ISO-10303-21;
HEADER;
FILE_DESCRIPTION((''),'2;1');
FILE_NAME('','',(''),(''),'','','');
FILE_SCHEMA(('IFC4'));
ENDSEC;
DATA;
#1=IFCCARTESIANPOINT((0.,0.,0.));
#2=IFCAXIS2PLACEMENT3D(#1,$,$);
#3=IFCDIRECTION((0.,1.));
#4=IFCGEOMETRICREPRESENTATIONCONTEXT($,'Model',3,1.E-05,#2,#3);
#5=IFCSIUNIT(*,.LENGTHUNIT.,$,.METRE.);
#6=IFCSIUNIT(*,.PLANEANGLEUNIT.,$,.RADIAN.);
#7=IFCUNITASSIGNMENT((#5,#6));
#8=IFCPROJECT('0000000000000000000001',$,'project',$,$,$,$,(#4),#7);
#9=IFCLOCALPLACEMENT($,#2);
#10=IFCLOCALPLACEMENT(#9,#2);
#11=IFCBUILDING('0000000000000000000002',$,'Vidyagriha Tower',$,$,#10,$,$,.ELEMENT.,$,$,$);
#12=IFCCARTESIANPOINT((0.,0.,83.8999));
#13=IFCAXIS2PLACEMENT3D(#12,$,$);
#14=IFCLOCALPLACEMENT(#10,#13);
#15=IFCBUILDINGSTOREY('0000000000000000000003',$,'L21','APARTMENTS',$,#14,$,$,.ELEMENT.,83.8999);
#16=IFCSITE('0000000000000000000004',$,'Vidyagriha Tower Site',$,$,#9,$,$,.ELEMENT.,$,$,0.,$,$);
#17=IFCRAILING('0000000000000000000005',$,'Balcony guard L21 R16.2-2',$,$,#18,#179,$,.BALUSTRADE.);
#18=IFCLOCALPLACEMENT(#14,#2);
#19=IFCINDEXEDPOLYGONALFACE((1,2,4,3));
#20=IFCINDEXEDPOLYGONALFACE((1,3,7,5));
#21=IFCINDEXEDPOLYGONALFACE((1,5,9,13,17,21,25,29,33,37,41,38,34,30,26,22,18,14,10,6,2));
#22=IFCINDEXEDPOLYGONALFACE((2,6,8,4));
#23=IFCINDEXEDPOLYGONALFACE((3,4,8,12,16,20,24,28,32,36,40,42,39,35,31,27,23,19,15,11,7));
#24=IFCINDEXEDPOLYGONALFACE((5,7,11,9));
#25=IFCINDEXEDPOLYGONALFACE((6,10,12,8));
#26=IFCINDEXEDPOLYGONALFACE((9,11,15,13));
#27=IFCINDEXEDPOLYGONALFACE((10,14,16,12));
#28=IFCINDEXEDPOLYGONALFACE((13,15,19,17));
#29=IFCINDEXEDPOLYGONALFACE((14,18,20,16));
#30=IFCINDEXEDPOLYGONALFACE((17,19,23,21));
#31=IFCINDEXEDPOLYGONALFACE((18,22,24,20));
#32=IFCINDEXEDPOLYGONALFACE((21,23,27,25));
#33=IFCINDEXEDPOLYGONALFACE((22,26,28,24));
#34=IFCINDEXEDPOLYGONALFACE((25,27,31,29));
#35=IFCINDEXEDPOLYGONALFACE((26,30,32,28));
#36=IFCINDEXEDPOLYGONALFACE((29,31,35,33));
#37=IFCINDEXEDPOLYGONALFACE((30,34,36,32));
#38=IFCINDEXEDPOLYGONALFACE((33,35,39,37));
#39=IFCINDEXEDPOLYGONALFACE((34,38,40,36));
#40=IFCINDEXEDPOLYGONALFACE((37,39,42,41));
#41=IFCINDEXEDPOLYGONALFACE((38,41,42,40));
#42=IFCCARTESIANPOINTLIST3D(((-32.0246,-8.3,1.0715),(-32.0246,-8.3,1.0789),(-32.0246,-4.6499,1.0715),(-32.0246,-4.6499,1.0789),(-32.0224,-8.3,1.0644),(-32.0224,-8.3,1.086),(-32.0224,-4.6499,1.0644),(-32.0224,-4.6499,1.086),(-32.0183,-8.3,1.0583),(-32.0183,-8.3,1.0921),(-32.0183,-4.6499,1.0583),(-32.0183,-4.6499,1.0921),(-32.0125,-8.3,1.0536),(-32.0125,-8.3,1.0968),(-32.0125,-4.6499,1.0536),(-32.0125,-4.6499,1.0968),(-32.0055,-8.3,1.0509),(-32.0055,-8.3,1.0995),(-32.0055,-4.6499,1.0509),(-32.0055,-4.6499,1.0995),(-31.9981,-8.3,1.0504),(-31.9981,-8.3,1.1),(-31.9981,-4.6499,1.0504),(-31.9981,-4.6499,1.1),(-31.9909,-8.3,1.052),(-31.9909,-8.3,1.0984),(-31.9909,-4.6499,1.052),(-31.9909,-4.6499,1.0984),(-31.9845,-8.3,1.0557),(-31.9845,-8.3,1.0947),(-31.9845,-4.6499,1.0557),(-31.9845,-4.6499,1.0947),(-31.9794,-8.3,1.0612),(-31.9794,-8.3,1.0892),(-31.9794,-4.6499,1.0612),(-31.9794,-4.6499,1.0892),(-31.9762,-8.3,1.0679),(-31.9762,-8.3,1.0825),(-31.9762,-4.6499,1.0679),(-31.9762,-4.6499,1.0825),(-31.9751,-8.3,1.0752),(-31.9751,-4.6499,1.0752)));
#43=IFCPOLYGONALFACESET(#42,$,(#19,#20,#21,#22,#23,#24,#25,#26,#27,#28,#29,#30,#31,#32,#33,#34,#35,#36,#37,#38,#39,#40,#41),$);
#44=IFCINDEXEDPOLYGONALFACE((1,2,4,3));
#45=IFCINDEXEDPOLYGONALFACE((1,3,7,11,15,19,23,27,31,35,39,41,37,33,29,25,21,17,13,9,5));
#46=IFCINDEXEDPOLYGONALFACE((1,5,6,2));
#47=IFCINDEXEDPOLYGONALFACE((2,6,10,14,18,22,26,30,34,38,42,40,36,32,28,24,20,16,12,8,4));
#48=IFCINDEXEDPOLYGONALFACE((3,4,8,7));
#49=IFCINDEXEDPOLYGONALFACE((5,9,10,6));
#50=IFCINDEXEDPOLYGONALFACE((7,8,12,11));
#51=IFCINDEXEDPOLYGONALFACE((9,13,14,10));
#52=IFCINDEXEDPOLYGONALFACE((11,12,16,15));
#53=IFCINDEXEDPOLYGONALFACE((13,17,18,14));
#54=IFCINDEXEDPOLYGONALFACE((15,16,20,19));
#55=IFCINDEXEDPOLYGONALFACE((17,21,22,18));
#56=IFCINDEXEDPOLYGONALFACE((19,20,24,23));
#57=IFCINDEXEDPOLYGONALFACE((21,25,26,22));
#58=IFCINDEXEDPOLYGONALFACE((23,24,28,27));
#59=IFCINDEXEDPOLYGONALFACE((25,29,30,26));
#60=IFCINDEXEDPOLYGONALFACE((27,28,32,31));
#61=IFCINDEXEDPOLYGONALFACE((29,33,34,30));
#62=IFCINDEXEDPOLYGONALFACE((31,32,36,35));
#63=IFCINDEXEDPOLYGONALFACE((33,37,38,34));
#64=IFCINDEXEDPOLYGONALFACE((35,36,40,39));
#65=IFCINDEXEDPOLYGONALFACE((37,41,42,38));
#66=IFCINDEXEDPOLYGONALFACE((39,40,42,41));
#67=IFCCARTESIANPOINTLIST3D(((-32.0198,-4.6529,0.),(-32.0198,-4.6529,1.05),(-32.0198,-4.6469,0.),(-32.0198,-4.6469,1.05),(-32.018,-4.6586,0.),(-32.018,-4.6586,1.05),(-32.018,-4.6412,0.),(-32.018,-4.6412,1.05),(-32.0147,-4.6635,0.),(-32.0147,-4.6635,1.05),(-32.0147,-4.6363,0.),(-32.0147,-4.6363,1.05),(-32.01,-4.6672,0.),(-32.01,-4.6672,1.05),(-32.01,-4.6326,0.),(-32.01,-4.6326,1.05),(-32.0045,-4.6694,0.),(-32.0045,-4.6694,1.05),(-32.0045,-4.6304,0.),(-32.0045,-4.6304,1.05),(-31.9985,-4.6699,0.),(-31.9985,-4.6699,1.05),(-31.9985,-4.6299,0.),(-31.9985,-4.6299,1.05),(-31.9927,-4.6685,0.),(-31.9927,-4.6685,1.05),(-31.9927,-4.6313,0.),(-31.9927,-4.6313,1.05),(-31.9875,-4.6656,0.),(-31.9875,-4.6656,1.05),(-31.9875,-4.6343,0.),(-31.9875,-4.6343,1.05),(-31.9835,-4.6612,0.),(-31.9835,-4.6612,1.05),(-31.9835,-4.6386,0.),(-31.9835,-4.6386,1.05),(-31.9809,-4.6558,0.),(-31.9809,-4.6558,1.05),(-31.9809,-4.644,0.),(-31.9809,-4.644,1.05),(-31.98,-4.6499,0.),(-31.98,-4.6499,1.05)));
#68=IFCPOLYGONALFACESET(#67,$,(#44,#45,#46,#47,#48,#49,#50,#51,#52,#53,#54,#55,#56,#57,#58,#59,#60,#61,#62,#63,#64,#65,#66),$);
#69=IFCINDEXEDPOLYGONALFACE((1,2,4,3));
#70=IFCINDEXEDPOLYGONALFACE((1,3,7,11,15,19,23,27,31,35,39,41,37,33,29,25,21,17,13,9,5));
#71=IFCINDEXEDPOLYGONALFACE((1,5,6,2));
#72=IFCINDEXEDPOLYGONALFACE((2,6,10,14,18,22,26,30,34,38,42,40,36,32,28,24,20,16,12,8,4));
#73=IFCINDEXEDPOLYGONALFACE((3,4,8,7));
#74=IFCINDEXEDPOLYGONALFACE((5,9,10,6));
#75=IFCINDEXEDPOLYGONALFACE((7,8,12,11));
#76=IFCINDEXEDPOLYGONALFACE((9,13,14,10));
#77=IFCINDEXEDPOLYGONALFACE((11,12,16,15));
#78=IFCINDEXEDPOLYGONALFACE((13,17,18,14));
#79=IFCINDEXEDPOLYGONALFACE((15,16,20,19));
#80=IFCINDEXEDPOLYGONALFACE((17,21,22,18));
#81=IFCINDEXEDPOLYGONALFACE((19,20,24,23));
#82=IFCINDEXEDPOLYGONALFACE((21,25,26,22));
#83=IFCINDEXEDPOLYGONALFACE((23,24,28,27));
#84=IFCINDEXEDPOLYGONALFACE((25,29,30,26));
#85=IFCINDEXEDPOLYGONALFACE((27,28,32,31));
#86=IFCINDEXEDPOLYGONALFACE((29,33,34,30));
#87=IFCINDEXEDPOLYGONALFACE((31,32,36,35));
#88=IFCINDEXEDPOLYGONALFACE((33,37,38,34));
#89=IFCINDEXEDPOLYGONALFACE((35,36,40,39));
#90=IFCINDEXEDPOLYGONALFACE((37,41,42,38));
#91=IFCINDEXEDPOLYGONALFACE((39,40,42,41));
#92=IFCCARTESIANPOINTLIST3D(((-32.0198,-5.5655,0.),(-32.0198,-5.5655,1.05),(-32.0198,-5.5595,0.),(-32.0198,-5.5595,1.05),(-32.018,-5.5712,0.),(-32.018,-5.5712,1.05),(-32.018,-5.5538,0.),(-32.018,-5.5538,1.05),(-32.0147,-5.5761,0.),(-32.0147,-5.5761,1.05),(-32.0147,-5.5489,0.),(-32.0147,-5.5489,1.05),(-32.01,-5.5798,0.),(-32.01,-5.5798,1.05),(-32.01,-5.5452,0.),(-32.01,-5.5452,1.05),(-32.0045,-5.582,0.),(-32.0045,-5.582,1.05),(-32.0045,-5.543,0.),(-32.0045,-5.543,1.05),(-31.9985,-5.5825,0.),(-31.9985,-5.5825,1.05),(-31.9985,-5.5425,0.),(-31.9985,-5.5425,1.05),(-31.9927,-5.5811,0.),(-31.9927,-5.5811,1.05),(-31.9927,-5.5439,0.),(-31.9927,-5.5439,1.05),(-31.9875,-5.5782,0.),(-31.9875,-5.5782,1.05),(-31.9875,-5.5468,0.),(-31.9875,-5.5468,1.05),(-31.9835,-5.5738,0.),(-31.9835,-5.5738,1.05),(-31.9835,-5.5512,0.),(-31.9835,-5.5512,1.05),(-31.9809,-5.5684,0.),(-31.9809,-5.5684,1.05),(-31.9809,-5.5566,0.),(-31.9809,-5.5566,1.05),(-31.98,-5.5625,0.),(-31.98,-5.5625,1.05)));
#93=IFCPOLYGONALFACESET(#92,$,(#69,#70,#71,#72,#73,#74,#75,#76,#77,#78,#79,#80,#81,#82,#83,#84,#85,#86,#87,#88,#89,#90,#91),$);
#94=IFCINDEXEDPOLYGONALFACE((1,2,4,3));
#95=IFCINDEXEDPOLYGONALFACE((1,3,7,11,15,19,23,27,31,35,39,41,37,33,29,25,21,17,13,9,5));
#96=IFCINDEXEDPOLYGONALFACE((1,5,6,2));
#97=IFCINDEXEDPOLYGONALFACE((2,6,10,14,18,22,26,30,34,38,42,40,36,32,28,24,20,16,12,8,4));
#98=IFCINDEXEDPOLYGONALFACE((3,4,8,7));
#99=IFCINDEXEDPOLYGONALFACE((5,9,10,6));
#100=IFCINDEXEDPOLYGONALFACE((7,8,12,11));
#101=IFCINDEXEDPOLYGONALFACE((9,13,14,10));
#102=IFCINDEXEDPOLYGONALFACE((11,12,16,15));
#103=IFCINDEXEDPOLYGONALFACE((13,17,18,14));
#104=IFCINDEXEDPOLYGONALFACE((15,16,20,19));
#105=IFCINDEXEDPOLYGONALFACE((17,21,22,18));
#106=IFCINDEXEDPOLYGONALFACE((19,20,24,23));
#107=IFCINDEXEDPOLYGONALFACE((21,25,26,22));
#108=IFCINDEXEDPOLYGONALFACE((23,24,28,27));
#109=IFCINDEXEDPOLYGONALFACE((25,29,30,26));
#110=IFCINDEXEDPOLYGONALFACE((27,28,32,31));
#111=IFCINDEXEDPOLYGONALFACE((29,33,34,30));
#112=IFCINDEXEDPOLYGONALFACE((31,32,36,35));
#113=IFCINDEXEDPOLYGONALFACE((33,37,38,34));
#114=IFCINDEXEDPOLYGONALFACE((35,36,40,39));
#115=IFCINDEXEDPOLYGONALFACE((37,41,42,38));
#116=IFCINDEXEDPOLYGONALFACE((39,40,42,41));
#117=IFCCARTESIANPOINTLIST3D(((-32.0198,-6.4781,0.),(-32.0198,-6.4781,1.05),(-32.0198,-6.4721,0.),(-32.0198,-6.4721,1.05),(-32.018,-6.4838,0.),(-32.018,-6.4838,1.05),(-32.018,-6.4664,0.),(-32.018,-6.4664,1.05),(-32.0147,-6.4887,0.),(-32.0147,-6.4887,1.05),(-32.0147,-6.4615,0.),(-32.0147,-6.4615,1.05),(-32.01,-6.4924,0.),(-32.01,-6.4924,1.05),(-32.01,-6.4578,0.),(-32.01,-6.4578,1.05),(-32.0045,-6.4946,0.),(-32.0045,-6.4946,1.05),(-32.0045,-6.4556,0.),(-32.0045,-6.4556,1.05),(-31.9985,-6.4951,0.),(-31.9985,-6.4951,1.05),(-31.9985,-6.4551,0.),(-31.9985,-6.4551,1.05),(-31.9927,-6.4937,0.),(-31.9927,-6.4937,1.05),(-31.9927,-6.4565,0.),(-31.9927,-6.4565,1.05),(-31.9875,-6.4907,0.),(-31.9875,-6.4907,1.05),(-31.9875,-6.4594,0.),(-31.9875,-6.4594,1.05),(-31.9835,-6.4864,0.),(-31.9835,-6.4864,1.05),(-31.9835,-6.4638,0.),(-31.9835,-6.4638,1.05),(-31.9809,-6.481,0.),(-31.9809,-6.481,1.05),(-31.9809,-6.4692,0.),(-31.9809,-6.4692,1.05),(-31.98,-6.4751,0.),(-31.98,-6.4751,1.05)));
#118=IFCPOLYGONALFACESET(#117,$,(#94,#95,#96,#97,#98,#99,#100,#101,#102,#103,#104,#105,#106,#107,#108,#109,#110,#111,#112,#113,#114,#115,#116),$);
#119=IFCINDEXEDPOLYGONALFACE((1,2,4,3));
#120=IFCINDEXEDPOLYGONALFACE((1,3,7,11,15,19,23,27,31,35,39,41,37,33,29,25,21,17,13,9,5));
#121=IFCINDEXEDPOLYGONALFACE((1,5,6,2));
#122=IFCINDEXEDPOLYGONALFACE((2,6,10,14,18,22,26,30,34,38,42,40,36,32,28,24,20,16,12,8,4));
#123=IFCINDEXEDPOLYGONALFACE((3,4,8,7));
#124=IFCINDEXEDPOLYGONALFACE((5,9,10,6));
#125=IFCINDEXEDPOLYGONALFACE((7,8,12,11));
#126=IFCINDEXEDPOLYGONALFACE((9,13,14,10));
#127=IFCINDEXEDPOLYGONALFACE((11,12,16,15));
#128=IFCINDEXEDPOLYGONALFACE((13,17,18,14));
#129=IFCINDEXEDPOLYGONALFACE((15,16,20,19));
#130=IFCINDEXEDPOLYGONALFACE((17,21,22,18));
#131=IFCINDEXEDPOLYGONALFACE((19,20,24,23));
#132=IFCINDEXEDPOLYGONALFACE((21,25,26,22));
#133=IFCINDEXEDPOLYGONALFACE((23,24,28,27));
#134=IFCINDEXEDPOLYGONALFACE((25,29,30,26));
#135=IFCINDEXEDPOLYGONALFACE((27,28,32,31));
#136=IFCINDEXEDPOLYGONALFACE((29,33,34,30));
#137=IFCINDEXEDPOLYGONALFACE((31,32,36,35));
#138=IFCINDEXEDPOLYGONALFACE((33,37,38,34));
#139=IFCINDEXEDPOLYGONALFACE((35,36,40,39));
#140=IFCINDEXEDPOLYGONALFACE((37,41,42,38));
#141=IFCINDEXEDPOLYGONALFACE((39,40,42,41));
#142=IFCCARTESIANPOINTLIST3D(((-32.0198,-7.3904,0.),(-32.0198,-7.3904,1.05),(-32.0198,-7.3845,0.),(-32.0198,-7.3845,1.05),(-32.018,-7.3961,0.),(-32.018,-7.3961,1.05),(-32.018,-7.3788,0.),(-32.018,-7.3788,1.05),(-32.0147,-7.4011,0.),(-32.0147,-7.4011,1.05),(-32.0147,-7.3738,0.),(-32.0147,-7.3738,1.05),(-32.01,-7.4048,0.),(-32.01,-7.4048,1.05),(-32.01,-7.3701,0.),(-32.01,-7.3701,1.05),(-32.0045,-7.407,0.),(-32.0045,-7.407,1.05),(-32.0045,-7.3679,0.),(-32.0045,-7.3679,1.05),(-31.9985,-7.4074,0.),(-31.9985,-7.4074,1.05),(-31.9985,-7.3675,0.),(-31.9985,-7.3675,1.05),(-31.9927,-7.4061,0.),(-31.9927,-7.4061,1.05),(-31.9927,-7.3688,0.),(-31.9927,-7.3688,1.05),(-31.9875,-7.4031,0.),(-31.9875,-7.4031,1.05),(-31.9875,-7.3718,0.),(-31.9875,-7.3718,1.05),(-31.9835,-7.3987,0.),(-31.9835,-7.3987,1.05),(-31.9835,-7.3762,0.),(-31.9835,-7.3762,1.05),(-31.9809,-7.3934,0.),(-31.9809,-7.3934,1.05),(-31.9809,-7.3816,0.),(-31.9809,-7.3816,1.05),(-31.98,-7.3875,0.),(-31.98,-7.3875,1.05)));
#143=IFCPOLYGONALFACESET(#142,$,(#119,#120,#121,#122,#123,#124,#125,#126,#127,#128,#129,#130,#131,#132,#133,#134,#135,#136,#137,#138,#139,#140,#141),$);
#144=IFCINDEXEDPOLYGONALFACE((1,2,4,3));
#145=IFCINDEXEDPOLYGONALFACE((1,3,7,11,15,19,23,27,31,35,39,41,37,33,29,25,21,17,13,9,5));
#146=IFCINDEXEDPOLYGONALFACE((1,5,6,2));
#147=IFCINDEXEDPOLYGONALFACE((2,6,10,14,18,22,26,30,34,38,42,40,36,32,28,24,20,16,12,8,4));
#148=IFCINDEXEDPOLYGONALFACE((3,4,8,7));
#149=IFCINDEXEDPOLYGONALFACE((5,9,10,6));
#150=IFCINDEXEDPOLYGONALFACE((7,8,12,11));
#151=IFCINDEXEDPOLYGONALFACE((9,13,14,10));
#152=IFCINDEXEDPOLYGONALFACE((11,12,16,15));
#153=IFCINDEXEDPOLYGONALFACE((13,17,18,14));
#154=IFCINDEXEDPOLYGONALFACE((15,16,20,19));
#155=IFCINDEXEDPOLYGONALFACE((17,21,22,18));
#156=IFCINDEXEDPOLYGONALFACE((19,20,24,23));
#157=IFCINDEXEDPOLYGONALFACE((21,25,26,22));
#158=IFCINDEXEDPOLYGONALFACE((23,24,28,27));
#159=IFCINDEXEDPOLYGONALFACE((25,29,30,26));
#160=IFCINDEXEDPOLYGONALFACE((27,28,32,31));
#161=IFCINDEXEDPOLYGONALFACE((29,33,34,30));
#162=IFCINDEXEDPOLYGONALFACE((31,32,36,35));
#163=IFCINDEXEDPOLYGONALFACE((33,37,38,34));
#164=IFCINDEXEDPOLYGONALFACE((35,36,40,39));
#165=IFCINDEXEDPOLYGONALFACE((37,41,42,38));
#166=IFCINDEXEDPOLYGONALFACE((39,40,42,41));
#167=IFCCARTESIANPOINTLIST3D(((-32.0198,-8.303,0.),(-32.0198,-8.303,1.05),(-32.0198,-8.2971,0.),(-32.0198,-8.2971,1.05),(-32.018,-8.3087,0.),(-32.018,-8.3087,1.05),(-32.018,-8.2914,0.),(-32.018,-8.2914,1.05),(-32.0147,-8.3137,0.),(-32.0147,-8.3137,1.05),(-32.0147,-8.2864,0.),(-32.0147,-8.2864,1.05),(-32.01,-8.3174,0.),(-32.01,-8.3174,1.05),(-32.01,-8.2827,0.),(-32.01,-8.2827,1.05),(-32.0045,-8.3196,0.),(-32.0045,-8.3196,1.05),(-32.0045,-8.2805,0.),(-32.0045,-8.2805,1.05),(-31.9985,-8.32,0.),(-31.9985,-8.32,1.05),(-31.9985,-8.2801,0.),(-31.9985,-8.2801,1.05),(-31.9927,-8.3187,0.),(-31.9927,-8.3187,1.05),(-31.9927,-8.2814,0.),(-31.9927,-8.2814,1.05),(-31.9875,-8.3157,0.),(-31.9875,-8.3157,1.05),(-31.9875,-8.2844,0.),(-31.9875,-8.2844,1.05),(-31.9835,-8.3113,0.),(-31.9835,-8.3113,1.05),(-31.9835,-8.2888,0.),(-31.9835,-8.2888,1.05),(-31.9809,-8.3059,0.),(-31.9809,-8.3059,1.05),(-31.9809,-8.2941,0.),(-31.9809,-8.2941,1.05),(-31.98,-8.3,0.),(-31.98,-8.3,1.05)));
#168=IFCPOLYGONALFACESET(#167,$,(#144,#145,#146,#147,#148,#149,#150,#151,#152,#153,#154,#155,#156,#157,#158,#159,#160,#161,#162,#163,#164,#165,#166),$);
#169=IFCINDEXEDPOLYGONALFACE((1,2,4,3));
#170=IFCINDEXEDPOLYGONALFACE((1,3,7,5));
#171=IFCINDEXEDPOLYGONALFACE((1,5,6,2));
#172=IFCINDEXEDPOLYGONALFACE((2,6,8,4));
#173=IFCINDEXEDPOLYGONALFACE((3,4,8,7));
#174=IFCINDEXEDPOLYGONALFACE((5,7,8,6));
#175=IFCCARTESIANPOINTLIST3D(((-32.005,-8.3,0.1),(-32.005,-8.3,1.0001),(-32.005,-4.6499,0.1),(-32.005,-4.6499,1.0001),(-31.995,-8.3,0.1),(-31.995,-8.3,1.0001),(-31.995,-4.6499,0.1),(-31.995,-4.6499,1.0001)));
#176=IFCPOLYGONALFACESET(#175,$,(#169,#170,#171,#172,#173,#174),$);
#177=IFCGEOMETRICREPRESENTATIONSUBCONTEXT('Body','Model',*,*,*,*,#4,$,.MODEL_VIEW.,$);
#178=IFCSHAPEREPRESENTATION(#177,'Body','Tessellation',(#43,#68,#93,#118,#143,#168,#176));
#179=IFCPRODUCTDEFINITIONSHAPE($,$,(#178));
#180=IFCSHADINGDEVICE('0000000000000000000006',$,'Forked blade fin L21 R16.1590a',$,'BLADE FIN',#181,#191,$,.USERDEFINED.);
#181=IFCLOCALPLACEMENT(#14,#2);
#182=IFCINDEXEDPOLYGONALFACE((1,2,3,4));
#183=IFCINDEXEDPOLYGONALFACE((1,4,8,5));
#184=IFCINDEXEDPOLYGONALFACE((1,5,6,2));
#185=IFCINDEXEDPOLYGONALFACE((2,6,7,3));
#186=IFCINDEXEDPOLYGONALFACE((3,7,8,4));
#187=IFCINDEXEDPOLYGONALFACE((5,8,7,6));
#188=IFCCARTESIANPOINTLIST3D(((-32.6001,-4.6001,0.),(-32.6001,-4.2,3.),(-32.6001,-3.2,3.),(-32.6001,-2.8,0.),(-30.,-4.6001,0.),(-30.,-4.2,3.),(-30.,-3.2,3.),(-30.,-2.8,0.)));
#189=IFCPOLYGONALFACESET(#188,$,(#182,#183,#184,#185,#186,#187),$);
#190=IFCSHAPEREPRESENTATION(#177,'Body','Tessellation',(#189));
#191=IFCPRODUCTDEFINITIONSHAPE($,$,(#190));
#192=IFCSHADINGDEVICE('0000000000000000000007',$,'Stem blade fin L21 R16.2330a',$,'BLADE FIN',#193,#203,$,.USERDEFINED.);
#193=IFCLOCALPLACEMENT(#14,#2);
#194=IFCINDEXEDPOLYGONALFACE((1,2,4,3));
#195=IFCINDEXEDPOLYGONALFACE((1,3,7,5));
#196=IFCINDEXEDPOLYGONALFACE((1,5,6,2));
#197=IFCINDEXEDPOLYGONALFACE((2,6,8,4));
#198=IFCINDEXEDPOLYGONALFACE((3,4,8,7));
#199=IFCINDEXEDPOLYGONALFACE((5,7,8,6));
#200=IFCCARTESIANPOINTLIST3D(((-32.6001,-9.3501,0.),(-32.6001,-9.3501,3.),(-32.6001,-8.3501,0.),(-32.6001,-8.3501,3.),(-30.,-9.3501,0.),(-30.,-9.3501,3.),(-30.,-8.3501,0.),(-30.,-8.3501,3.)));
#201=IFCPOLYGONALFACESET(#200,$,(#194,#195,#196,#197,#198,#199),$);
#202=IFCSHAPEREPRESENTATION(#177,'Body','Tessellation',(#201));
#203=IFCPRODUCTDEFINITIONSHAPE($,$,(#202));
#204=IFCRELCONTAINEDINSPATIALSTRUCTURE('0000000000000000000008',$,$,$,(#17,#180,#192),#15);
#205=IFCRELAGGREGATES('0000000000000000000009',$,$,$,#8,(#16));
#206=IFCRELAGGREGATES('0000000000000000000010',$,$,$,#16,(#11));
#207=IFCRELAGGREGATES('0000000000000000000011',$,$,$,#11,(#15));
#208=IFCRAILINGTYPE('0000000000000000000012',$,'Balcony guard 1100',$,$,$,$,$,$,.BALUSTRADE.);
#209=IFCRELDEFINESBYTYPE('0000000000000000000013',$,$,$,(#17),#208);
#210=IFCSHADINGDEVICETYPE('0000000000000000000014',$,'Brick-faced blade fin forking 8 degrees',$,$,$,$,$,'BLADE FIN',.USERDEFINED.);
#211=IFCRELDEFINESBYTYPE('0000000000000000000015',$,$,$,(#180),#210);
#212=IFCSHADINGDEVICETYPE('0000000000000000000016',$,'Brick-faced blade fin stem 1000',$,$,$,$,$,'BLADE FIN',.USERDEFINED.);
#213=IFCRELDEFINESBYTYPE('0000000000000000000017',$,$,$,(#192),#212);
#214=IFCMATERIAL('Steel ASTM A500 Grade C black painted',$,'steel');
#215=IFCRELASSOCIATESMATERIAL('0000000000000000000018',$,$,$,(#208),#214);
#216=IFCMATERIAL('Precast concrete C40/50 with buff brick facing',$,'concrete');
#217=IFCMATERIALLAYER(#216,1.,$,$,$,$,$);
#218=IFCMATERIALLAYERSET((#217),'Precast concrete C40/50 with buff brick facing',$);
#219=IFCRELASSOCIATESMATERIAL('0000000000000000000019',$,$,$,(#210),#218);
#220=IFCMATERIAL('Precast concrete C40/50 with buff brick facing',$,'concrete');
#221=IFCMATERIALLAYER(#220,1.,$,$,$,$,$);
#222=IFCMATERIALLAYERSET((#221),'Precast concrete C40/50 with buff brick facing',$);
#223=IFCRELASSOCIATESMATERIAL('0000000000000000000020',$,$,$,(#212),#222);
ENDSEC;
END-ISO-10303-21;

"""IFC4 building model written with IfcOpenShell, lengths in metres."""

from ifc_helpers import new_model, si_unit, direction, frame, origin, origin_2d, place, context, subcontext, project, spatial, polyline, rectangle, circle, outline, extrude, material, layer, layer_set, type_object, element, save


model = new_model("IFC4")

# Units and contexts
model_context = context("Model", 3, precision=1e-05, world=origin(), true_north=direction((0.0, 1.0)))
body_context = subcontext(model_context, "Body", "Model", "MODEL_VIEW")
ifc_project = project(units=[si_unit("LENGTHUNIT", "METRE"), si_unit("PLANEANGLEUNIT", "RADIAN")], contexts=[model_context])

# Site, building, storey
site_placement = place(None, origin())
site = spatial("IfcSite", under=ifc_project, at=site_placement, Name="Vidyagriha Tower Site", CompositionType="ELEMENT", RefElevation=0.0)
building_placement = place(site_placement, origin())
building = spatial("IfcBuilding", under=site, at=building_placement, Name="Vidyagriha Tower", CompositionType="ELEMENT")
storey_placement = place(building_placement, frame((0.0, 0.0, 83.8999)))
storey = spatial("IfcBuildingStorey", under=building, at=storey_placement, Name="L21", Description="APARTMENTS", CompositionType="ELEMENT", Elevation=83.8999)

# Railing
ifc_material_1 = material(Name="Steel ASTM A500 Grade C black painted", Category="steel")
railing_type_1 = type_object("IfcRailingType", Name="Balcony guard 1100", PredefinedType="BALUSTRADE", material=ifc_material_1)
railing_1_placement = place(storey_placement, frame((-32.0, -4.6499, 0.0)))
element("IfcRailing", 1, at=railing_1_placement, inside=storey, type_object=railing_type_1, Name="Balcony guard L21 R16.2-2", PredefinedType="BALUSTRADE", context=body_context, shape_type="SweptSolid", body=[
    extrude(circle(Radius=0.0249, at=origin_2d()), frame((0.0, 0.0, 1.0752), z_axis=(0.0, -1.0, 0.0), x_axis=(1.0, 0.0, 0.0)), (0.0, 0.0, 1.0), 3.6501),
    extrude(circle(Radius=0.02, at=origin_2d()), origin(), (0.0, 0.0, 1.0), 1.05),
    extrude(circle(Radius=0.02, at=origin_2d()), frame((0.0, -0.9126, 0.0)), (0.0, 0.0, 1.0), 1.05),
    extrude(circle(Radius=0.02, at=origin_2d()), frame((0.0, -1.8252, 0.0)), (0.0, 0.0, 1.0), 1.05),
    extrude(circle(Radius=0.02, at=origin_2d()), frame((0.0, -2.7375, 0.0)), (0.0, 0.0, 1.0), 1.05),
    extrude(circle(Radius=0.02, at=origin_2d()), frame((0.0, -3.6501, 0.0)), (0.0, 0.0, 1.0), 1.05),
    extrude(rectangle(XDim=0.01, YDim=0.9001, at=origin_2d()), frame((0.0, 0.0, 0.55), z_axis=(0.0, -1.0, 0.0), x_axis=(1.0, 0.0, 0.0)), (0.0, 0.0, 1.0), 3.6501),
])

# Shading devices
ifc_material_2 = material(Name="Precast concrete C40/50 with buff brick facing", Category="concrete")
ifc_layer_1 = layer(ifc_material_2, 1.0)
ifc_layer_set_1 = layer_set([ifc_layer_1], Name="Precast concrete C40/50 with buff brick facing")
shading_device_type_1 = type_object("IfcShadingDeviceType", Name="Brick-faced blade fin forking 8 degrees", ElementType="BLADE FIN", PredefinedType="USERDEFINED", material=ifc_layer_set_1)
shading_device_1_placement = place(storey_placement, frame((-31.3, -2.8, 0.0), z_axis=(0.0, 0.0, 1.0), x_axis=(0.0, -1.0, 0.0)))
element("IfcShadingDevice", 2, at=shading_device_1_placement, inside=storey, type_object=shading_device_type_1, Name="Forked blade fin L21 R16.1590a", ObjectType="BLADE FIN", PredefinedType="USERDEFINED", context=body_context, shape_type="SweptSolid", body=[
    extrude(outline(polyline([(0.0, 0.0), (1.8, 0.0), (1.3999, 3.0), (0.3999, 3.0), (0.0, 0.0)])), frame((0.0, 1.3, 0.0), z_axis=(0.0, -1.0, 0.0), x_axis=(1.0, 0.0, 0.0)), (0.0, 0.0, 1.0), 2.6001),
])
ifc_material_3 = material(Name="Precast concrete C40/50 with buff brick facing", Category="concrete")
ifc_layer_2 = layer(ifc_material_3, 1.0)
ifc_layer_set_2 = layer_set([ifc_layer_2], Name="Precast concrete C40/50 with buff brick facing")
shading_device_type_2 = type_object("IfcShadingDeviceType", Name="Brick-faced blade fin stem 1000", ElementType="BLADE FIN", PredefinedType="USERDEFINED", material=ifc_layer_set_2)
shading_device_2_placement = place(storey_placement, frame((-31.3, -8.3501, 0.0), z_axis=(0.0, 0.0, 1.0), x_axis=(0.0, -1.0, 0.0)))
element("IfcShadingDevice", 3, at=shading_device_2_placement, inside=storey, type_object=shading_device_type_2, Name="Stem blade fin L21 R16.2330a", ObjectType="BLADE FIN", PredefinedType="USERDEFINED", context=body_context, shape_type="SweptSolid", body=[
    extrude(outline(polyline([(0.0, 0.0), (1.0, 0.0), (1.0, 3.0), (0.0, 3.0), (0.0, 0.0)])), frame((0.0, 1.3, 0.0), z_axis=(0.0, -1.0, 0.0), x_axis=(1.0, 0.0, 0.0)), (0.0, 0.0, 1.0), 2.6001),
])

save(model, "model.ifc")
